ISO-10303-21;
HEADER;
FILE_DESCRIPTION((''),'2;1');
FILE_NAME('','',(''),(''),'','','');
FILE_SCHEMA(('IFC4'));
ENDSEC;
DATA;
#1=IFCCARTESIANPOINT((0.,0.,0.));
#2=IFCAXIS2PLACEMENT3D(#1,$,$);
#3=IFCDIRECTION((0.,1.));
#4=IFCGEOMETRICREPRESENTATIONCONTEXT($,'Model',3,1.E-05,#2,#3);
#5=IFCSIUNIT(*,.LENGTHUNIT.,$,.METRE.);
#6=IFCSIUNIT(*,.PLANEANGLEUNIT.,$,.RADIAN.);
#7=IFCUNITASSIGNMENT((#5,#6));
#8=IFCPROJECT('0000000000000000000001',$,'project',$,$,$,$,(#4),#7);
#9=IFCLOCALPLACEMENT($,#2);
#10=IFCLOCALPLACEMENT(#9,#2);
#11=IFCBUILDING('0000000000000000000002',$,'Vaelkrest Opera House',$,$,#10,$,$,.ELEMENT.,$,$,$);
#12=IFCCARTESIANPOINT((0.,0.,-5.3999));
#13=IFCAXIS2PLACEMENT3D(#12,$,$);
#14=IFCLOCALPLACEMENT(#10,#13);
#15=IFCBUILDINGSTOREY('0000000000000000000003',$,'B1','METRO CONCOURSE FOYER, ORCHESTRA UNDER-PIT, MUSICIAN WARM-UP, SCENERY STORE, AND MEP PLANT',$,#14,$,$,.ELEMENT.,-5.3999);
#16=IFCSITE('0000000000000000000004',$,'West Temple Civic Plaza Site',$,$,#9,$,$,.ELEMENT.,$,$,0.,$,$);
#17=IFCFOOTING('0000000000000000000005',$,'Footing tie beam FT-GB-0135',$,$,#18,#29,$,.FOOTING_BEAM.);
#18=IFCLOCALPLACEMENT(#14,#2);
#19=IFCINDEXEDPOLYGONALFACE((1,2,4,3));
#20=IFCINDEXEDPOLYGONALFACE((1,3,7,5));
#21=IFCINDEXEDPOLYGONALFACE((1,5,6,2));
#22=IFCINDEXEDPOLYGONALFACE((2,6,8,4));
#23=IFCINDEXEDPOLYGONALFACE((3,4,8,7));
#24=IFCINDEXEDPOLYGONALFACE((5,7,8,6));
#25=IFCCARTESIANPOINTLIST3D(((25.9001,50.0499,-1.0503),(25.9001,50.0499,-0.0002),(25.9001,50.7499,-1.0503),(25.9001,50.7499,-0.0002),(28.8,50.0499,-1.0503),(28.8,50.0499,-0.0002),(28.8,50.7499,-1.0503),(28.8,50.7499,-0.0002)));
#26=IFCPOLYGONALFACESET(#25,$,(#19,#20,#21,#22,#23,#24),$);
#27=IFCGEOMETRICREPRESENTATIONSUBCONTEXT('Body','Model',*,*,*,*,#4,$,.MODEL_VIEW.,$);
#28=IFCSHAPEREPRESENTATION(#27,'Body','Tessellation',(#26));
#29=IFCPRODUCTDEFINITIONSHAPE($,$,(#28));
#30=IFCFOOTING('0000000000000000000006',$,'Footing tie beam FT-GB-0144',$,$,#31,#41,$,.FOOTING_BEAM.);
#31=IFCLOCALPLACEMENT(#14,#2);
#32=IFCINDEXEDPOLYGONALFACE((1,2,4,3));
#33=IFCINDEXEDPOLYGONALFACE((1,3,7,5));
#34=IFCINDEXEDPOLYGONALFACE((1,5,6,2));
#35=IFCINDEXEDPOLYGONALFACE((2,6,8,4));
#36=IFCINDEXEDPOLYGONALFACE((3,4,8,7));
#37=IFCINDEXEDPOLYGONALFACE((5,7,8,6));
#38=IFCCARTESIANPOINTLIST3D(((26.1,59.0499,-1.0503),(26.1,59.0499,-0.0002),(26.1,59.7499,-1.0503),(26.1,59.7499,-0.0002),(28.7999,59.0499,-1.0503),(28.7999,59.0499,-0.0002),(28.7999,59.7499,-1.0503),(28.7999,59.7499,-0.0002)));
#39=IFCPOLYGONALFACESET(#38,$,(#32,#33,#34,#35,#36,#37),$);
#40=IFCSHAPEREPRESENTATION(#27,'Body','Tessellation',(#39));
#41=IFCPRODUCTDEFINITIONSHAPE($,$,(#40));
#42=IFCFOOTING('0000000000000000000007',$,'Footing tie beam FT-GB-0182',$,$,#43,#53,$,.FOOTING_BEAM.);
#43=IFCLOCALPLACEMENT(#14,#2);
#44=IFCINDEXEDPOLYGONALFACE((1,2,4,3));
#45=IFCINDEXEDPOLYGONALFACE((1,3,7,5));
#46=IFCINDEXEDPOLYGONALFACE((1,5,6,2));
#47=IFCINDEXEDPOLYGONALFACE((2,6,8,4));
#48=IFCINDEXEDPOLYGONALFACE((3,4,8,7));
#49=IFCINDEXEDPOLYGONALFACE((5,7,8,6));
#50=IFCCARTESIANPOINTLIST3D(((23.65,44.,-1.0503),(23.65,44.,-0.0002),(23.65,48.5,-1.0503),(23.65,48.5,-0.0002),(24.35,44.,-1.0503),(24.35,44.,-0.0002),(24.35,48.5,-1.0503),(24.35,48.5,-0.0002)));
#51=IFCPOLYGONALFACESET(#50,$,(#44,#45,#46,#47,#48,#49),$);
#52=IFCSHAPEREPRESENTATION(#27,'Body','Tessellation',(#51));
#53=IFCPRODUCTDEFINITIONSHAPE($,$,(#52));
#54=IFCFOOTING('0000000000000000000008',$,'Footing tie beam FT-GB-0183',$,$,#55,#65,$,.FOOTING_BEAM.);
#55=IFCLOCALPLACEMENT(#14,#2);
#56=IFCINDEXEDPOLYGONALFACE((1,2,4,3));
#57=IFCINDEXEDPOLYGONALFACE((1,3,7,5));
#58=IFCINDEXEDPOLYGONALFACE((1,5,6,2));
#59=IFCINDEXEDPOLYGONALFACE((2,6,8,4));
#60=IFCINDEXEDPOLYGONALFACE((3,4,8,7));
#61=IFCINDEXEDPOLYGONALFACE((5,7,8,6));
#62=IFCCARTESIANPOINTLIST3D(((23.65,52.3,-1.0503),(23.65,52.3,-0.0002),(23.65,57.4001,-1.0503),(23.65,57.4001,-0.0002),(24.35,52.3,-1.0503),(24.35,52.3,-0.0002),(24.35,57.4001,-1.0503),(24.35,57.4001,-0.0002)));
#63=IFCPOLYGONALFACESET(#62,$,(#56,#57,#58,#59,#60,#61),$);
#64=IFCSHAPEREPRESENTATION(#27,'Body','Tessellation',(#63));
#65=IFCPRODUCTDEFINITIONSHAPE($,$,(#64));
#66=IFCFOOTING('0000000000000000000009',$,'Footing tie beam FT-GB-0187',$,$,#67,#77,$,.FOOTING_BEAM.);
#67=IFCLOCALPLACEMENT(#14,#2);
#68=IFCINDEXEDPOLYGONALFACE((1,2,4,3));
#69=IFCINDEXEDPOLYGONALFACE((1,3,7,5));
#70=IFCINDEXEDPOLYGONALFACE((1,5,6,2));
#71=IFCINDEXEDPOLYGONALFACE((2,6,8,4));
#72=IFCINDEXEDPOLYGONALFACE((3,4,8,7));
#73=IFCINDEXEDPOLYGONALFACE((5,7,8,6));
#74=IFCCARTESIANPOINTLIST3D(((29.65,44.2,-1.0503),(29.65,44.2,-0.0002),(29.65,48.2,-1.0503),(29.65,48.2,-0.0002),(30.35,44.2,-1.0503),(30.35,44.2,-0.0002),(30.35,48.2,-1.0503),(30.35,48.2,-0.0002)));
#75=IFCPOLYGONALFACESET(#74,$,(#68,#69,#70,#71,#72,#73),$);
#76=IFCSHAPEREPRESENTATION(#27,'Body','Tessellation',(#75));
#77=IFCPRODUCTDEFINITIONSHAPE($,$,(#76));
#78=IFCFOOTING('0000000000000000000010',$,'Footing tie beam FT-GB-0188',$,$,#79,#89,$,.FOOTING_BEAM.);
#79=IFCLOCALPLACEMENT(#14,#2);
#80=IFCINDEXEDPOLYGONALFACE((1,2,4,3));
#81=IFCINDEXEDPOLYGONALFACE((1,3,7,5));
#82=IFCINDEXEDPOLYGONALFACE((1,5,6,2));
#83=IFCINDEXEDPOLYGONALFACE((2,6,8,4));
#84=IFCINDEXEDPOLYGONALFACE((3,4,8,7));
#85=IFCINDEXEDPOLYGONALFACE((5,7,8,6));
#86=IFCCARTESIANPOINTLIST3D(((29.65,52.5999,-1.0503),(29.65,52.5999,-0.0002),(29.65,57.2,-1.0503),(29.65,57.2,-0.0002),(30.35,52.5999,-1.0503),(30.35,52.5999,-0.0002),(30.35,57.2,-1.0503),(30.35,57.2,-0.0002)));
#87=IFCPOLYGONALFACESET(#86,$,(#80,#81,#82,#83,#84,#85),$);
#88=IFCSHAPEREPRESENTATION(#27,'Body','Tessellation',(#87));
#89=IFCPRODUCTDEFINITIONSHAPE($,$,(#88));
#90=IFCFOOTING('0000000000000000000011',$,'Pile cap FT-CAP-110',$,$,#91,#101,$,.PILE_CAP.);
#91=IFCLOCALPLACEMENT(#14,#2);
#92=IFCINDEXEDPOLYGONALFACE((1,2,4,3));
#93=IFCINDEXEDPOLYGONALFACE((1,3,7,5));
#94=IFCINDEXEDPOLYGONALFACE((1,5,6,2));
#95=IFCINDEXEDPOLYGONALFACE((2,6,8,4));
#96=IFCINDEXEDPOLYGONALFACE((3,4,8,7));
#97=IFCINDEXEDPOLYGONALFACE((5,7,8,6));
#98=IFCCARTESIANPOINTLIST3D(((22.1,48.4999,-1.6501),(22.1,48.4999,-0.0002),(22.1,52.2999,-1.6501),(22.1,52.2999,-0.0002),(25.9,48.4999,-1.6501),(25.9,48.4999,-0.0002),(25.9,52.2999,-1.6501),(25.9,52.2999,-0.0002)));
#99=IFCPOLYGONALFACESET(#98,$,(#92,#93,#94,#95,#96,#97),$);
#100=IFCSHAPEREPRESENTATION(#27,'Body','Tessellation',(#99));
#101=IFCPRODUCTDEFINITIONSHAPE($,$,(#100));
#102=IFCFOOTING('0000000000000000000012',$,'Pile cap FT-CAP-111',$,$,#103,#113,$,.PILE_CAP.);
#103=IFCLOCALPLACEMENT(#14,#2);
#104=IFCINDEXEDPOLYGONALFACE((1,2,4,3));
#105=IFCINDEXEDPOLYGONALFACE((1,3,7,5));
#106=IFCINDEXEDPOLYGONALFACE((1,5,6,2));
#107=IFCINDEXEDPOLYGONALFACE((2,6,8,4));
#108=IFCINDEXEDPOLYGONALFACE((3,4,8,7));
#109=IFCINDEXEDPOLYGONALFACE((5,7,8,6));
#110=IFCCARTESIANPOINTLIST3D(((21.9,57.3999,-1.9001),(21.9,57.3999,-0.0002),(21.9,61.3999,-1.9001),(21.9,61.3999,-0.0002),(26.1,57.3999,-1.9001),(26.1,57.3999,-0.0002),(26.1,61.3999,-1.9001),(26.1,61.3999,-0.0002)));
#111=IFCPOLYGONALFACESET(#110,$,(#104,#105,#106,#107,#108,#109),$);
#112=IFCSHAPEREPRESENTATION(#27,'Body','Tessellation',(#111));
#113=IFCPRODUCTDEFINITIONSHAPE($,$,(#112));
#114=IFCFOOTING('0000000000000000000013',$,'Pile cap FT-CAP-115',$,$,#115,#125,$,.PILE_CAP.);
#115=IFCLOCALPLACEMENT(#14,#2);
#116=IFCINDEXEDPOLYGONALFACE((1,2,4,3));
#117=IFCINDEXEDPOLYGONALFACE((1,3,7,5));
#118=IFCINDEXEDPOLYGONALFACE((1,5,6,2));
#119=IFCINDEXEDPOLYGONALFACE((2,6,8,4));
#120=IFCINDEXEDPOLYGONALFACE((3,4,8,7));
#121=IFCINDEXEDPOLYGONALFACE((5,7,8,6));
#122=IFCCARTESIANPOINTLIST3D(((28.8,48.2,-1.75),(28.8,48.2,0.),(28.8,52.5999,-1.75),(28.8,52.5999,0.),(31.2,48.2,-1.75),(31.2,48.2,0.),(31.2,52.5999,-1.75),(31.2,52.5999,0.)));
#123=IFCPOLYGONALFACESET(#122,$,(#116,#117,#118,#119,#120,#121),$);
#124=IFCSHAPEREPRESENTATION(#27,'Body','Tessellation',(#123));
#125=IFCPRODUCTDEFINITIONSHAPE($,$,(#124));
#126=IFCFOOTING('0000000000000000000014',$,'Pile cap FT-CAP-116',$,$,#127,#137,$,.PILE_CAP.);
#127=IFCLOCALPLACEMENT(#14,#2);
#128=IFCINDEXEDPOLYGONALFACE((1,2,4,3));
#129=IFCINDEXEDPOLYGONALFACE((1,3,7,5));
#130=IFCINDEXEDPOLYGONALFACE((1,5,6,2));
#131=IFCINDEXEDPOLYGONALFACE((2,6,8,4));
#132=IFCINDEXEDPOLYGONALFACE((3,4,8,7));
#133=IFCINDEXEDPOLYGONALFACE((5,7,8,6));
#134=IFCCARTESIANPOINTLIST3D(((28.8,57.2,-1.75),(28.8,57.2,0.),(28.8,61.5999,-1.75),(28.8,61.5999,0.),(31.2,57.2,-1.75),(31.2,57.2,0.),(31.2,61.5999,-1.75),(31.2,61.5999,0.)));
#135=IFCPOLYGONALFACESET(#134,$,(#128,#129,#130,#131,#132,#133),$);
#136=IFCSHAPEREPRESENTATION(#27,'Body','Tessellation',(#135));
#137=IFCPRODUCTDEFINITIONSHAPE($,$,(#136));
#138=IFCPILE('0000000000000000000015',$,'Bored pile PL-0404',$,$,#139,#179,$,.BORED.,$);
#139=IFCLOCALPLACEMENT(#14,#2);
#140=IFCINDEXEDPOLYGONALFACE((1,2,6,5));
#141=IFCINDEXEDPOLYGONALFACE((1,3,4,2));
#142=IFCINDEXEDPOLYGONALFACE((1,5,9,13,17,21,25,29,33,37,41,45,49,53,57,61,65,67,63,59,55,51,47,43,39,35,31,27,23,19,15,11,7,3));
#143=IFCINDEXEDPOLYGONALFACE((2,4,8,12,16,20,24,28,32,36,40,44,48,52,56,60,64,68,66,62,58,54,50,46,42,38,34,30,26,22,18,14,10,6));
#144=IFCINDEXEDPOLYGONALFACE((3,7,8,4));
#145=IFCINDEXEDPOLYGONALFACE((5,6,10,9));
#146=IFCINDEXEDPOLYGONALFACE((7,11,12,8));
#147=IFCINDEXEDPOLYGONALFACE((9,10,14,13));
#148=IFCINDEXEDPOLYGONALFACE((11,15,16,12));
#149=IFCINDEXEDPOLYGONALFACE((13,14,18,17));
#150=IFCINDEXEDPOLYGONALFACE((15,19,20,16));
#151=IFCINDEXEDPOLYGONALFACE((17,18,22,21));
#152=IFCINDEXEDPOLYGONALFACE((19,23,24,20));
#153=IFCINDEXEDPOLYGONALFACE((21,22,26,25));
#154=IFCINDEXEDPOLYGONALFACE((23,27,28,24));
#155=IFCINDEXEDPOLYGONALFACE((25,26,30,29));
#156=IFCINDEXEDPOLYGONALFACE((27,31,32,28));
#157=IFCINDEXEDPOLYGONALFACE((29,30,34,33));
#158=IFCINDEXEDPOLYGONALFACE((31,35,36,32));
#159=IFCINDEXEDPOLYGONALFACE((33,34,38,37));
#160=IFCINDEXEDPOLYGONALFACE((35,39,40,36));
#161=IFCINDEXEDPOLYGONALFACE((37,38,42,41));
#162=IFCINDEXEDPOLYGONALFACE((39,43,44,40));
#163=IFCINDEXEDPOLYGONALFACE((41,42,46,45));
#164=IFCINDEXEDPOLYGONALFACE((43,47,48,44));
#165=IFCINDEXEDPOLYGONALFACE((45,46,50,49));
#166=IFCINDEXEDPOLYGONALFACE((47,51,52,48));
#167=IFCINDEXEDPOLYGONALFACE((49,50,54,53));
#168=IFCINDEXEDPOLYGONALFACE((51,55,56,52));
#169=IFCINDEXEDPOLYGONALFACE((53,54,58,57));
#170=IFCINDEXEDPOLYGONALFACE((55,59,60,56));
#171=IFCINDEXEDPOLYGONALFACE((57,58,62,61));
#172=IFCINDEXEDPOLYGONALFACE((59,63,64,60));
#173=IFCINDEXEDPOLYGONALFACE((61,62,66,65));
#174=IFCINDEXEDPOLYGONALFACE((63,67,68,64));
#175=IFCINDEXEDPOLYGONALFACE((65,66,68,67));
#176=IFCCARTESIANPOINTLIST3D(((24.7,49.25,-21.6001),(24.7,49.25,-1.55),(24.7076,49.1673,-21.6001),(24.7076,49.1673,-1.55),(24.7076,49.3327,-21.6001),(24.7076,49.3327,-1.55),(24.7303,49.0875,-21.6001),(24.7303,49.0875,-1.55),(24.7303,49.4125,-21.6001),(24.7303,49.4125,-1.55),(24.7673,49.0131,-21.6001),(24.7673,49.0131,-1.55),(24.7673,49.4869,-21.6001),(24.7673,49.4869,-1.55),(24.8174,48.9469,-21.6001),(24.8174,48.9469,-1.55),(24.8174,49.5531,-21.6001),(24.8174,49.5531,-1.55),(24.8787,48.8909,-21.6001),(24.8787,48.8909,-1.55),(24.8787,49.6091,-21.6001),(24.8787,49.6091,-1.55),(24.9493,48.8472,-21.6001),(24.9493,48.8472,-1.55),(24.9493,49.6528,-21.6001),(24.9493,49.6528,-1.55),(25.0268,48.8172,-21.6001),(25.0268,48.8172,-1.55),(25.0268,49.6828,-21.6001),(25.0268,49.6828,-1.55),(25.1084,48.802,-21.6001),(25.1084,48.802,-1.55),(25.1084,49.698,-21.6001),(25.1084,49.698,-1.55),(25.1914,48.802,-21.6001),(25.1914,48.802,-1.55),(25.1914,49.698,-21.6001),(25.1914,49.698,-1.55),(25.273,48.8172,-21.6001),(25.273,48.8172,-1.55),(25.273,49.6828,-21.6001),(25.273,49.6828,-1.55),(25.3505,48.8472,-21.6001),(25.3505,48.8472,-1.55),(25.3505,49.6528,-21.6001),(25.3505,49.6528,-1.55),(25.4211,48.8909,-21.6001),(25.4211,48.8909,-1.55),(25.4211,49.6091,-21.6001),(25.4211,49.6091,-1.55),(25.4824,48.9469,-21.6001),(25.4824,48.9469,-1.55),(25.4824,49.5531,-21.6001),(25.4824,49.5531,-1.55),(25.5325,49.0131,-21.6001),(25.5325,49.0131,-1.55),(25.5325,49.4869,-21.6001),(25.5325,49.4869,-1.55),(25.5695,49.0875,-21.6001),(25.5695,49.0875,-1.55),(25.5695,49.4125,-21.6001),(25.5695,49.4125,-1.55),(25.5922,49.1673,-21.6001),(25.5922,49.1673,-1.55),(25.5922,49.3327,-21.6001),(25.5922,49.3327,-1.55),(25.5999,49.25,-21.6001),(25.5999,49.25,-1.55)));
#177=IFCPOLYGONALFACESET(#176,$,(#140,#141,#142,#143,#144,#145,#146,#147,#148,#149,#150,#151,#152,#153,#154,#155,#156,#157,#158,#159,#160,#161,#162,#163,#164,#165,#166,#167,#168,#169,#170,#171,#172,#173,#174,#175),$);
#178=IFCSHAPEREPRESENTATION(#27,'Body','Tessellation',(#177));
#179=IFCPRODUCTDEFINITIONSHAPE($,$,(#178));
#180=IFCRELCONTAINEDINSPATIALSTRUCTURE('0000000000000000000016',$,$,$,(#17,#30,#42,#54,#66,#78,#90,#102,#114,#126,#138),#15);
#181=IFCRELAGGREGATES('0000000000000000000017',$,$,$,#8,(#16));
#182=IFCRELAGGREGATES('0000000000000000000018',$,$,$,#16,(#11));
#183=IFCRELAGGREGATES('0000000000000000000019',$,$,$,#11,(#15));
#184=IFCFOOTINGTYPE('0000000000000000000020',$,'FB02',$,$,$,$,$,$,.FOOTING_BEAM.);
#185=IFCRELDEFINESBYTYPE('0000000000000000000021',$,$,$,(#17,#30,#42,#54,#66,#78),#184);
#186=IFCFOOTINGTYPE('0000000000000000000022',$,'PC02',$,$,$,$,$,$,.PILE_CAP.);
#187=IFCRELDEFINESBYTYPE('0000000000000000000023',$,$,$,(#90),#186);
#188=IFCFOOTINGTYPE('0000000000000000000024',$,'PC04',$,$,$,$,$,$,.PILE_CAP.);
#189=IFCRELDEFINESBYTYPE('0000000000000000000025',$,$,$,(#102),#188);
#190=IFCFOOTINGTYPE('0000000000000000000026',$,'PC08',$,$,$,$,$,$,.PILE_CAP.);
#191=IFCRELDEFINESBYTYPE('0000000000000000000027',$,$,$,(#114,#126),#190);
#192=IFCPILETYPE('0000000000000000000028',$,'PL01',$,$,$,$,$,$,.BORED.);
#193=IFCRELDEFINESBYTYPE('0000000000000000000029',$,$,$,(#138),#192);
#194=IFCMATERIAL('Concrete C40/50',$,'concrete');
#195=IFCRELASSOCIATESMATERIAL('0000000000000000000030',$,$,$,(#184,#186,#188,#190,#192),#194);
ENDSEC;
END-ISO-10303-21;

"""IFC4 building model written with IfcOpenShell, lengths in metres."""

from ifc_helpers import new_model, si_unit, direction, frame, origin, origin_2d, place, context, subcontext, project, spatial, rectangle, circle, extrude, material, material_profile, profile_set, type_object, element, save


model = new_model("IFC4")

# Units and contexts
model_context = context("Model", 3, precision=1e-05, world=origin(), true_north=direction((0.0, 1.0)))
body_context = subcontext(model_context, "Body", "Model", "MODEL_VIEW")
ifc_project = project(units=[si_unit("LENGTHUNIT", "METRE"), si_unit("PLANEANGLEUNIT", "RADIAN")], contexts=[model_context])

# Site, building, storey
site_placement = place(None, origin())
site = spatial("IfcSite", under=ifc_project, at=site_placement, Name="West Temple Civic Plaza Site", CompositionType="ELEMENT", RefElevation=0.0)
building_placement = place(site_placement, origin())
building = spatial("IfcBuilding", under=site, at=building_placement, Name="Vaelkrest Opera House", CompositionType="ELEMENT")
storey_placement = place(building_placement, frame((0.0, 0.0, -5.3999)))
storey = spatial("IfcBuildingStorey", under=building, at=storey_placement, Name="B1", Description="METRO CONCOURSE FOYER, ORCHESTRA UNDER-PIT, MUSICIAN WARM-UP, SCENERY STORE, AND MEP PLANT", CompositionType="ELEMENT", Elevation=-5.3999)

# Footings
ifc_material_1 = material(Name="Concrete C40/50", Category="concrete")
footing_type_1 = type_object("IfcFootingType", Name="FB02", PredefinedType="FOOTING_BEAM", material=ifc_material_1)
footing_1_placement = place(storey_placement, frame((27.3501, 50.3999, -1.0503), z_axis=(0.0, 0.0, 1.0), x_axis=(1.0, 0.0, 0.0)))
element("IfcFooting", 1, at=footing_1_placement, inside=storey, type_object=footing_type_1, Name="Footing tie beam FT-GB-0135", PredefinedType="FOOTING_BEAM", context=body_context, shape_type="SweptSolid", body=[
    extrude(rectangle(XDim=2.8999, YDim=0.7, at=origin_2d()), origin(), (0.0, 0.0, 1.0), 1.05),
])
footing_2_placement = place(storey_placement, frame((27.45, 59.3999, -1.0503), z_axis=(0.0, 0.0, 1.0), x_axis=(1.0, 0.0, 0.0)))
element("IfcFooting", 2, at=footing_2_placement, inside=storey, type_object=footing_type_1, Name="Footing tie beam FT-GB-0144", PredefinedType="FOOTING_BEAM", context=body_context, shape_type="SweptSolid", body=[
    extrude(rectangle(XDim=2.7, YDim=0.7, at=origin_2d()), origin(), (0.0, 0.0, 1.0), 1.05),
])
footing_3_placement = place(storey_placement, frame((24.0, 46.25, -1.0503), z_axis=(0.0, 0.0, 1.0), x_axis=(0.0, 1.0, 0.0)))
element("IfcFooting", 3, at=footing_3_placement, inside=storey, type_object=footing_type_1, Name="Footing tie beam FT-GB-0182", PredefinedType="FOOTING_BEAM", context=body_context, shape_type="SweptSolid", body=[
    extrude(rectangle(XDim=4.5, YDim=0.7, at=origin_2d()), origin(), (0.0, 0.0, 1.0), 1.05),
])
footing_4_placement = place(storey_placement, frame((24.0, 54.8501, -1.0503), z_axis=(0.0, 0.0, 1.0), x_axis=(0.0, 1.0, 0.0)))
element("IfcFooting", 4, at=footing_4_placement, inside=storey, type_object=footing_type_1, Name="Footing tie beam FT-GB-0183", PredefinedType="FOOTING_BEAM", context=body_context, shape_type="SweptSolid", body=[
    extrude(rectangle(XDim=5.1001, YDim=0.7, at=origin_2d()), origin(), (0.0, 0.0, 1.0), 1.05),
])
footing_5_placement = place(storey_placement, frame((30.0, 46.2, -1.0503), z_axis=(0.0, 0.0, 1.0), x_axis=(0.0, 1.0, 0.0)))
element("IfcFooting", 5, at=footing_5_placement, inside=storey, type_object=footing_type_1, Name="Footing tie beam FT-GB-0187", PredefinedType="FOOTING_BEAM", context=body_context, shape_type="SweptSolid", body=[
    extrude(rectangle(XDim=4.0, YDim=0.7, at=origin_2d()), origin(), (0.0, 0.0, 1.0), 1.05),
])
footing_6_placement = place(storey_placement, frame((30.0, 54.8999, -1.0503), z_axis=(0.0, 0.0, 1.0), x_axis=(0.0, 1.0, 0.0)))
element("IfcFooting", 6, at=footing_6_placement, inside=storey, type_object=footing_type_1, Name="Footing tie beam FT-GB-0188", PredefinedType="FOOTING_BEAM", context=body_context, shape_type="SweptSolid", body=[
    extrude(rectangle(XDim=4.6001, YDim=0.7, at=origin_2d()), origin(), (0.0, 0.0, 1.0), 1.05),
])
footing_type_2 = type_object("IfcFootingType", Name="PC02", PredefinedType="PILE_CAP", material=ifc_material_1)
footing_7_placement = place(storey_placement, frame((24.0, 50.3999, -1.6501), z_axis=(0.0, 0.0, 1.0), x_axis=(1.0, 0.0, 0.0)))
element("IfcFooting", 7, at=footing_7_placement, inside=storey, type_object=footing_type_2, Name="Pile cap FT-CAP-110", PredefinedType="PILE_CAP", context=body_context, shape_type="SweptSolid", body=[
    extrude(rectangle(XDim=3.8, YDim=3.8, at=origin_2d()), origin(), (0.0, 0.0, 1.0), 1.6499),
])
footing_type_3 = type_object("IfcFootingType", Name="PC04", PredefinedType="PILE_CAP", material=ifc_material_1)
footing_8_placement = place(storey_placement, frame((24.0, 59.3999, -1.9001), z_axis=(0.0, 0.0, 1.0), x_axis=(1.0, 0.0, 0.0)))
element("IfcFooting", 8, at=footing_8_placement, inside=storey, type_object=footing_type_3, Name="Pile cap FT-CAP-111", PredefinedType="PILE_CAP", context=body_context, shape_type="SweptSolid", body=[
    extrude(rectangle(XDim=4.2, YDim=4.0, at=origin_2d()), origin(), (0.0, 0.0, 1.0), 1.8999),
])
footing_type_4 = type_object("IfcFootingType", Name="PC08", PredefinedType="PILE_CAP", material=ifc_material_1)
for number, where, z_axis, x_axis, name in (
    (9, (30.0, 50.3999, -1.75), (0.0, 0.0, 1.0), (1.0, 0.0, 0.0), "Pile cap FT-CAP-115"),
    (10, (30.0, 59.3999, -1.75), (0.0, 0.0, 1.0), (1.0, 0.0, 0.0), "Pile cap FT-CAP-116"),
):
    element("IfcFooting", number, at=place(storey_placement, frame(where, z_axis=z_axis, x_axis=x_axis)), inside=storey, type_object=footing_type_4, Name=name, PredefinedType="PILE_CAP", context=body_context, shape_type="SweptSolid", body=[
        extrude(rectangle(XDim=2.3999, YDim=4.3999, at=origin_2d()), origin(), (0.0, 0.0, 1.0), 1.75),
    ])

# Pile
ifc_material_profile_1 = material_profile(ifc_material_1, circle(Radius=0.45, at=origin_2d()), Name="PILE900")
ifc_profile_set_1 = profile_set([ifc_material_profile_1], Name="Concrete C40/50")
pile_type = type_object("IfcPileType", Name="PL01", PredefinedType="BORED", material=ifc_profile_set_1)
for number, where, z_axis, x_axis, name in (
    (11, (25.1499, 49.25, -1.55), (0.0, 0.0, -1.0), (1.0, 0.0, 0.0), "Bored pile PL-0404"),
):
    element("IfcPile", number, at=place(storey_placement, frame(where, z_axis=z_axis, x_axis=x_axis)), inside=storey, type_object=pile_type, Name=name, PredefinedType="BORED", context=body_context, shape_type="SweptSolid", body=[
        extrude(circle(Radius=0.45, at=origin_2d()), origin(), (0.0, 0.0, 1.0), 20.05),
    ])

save(model, "model.ifc")
